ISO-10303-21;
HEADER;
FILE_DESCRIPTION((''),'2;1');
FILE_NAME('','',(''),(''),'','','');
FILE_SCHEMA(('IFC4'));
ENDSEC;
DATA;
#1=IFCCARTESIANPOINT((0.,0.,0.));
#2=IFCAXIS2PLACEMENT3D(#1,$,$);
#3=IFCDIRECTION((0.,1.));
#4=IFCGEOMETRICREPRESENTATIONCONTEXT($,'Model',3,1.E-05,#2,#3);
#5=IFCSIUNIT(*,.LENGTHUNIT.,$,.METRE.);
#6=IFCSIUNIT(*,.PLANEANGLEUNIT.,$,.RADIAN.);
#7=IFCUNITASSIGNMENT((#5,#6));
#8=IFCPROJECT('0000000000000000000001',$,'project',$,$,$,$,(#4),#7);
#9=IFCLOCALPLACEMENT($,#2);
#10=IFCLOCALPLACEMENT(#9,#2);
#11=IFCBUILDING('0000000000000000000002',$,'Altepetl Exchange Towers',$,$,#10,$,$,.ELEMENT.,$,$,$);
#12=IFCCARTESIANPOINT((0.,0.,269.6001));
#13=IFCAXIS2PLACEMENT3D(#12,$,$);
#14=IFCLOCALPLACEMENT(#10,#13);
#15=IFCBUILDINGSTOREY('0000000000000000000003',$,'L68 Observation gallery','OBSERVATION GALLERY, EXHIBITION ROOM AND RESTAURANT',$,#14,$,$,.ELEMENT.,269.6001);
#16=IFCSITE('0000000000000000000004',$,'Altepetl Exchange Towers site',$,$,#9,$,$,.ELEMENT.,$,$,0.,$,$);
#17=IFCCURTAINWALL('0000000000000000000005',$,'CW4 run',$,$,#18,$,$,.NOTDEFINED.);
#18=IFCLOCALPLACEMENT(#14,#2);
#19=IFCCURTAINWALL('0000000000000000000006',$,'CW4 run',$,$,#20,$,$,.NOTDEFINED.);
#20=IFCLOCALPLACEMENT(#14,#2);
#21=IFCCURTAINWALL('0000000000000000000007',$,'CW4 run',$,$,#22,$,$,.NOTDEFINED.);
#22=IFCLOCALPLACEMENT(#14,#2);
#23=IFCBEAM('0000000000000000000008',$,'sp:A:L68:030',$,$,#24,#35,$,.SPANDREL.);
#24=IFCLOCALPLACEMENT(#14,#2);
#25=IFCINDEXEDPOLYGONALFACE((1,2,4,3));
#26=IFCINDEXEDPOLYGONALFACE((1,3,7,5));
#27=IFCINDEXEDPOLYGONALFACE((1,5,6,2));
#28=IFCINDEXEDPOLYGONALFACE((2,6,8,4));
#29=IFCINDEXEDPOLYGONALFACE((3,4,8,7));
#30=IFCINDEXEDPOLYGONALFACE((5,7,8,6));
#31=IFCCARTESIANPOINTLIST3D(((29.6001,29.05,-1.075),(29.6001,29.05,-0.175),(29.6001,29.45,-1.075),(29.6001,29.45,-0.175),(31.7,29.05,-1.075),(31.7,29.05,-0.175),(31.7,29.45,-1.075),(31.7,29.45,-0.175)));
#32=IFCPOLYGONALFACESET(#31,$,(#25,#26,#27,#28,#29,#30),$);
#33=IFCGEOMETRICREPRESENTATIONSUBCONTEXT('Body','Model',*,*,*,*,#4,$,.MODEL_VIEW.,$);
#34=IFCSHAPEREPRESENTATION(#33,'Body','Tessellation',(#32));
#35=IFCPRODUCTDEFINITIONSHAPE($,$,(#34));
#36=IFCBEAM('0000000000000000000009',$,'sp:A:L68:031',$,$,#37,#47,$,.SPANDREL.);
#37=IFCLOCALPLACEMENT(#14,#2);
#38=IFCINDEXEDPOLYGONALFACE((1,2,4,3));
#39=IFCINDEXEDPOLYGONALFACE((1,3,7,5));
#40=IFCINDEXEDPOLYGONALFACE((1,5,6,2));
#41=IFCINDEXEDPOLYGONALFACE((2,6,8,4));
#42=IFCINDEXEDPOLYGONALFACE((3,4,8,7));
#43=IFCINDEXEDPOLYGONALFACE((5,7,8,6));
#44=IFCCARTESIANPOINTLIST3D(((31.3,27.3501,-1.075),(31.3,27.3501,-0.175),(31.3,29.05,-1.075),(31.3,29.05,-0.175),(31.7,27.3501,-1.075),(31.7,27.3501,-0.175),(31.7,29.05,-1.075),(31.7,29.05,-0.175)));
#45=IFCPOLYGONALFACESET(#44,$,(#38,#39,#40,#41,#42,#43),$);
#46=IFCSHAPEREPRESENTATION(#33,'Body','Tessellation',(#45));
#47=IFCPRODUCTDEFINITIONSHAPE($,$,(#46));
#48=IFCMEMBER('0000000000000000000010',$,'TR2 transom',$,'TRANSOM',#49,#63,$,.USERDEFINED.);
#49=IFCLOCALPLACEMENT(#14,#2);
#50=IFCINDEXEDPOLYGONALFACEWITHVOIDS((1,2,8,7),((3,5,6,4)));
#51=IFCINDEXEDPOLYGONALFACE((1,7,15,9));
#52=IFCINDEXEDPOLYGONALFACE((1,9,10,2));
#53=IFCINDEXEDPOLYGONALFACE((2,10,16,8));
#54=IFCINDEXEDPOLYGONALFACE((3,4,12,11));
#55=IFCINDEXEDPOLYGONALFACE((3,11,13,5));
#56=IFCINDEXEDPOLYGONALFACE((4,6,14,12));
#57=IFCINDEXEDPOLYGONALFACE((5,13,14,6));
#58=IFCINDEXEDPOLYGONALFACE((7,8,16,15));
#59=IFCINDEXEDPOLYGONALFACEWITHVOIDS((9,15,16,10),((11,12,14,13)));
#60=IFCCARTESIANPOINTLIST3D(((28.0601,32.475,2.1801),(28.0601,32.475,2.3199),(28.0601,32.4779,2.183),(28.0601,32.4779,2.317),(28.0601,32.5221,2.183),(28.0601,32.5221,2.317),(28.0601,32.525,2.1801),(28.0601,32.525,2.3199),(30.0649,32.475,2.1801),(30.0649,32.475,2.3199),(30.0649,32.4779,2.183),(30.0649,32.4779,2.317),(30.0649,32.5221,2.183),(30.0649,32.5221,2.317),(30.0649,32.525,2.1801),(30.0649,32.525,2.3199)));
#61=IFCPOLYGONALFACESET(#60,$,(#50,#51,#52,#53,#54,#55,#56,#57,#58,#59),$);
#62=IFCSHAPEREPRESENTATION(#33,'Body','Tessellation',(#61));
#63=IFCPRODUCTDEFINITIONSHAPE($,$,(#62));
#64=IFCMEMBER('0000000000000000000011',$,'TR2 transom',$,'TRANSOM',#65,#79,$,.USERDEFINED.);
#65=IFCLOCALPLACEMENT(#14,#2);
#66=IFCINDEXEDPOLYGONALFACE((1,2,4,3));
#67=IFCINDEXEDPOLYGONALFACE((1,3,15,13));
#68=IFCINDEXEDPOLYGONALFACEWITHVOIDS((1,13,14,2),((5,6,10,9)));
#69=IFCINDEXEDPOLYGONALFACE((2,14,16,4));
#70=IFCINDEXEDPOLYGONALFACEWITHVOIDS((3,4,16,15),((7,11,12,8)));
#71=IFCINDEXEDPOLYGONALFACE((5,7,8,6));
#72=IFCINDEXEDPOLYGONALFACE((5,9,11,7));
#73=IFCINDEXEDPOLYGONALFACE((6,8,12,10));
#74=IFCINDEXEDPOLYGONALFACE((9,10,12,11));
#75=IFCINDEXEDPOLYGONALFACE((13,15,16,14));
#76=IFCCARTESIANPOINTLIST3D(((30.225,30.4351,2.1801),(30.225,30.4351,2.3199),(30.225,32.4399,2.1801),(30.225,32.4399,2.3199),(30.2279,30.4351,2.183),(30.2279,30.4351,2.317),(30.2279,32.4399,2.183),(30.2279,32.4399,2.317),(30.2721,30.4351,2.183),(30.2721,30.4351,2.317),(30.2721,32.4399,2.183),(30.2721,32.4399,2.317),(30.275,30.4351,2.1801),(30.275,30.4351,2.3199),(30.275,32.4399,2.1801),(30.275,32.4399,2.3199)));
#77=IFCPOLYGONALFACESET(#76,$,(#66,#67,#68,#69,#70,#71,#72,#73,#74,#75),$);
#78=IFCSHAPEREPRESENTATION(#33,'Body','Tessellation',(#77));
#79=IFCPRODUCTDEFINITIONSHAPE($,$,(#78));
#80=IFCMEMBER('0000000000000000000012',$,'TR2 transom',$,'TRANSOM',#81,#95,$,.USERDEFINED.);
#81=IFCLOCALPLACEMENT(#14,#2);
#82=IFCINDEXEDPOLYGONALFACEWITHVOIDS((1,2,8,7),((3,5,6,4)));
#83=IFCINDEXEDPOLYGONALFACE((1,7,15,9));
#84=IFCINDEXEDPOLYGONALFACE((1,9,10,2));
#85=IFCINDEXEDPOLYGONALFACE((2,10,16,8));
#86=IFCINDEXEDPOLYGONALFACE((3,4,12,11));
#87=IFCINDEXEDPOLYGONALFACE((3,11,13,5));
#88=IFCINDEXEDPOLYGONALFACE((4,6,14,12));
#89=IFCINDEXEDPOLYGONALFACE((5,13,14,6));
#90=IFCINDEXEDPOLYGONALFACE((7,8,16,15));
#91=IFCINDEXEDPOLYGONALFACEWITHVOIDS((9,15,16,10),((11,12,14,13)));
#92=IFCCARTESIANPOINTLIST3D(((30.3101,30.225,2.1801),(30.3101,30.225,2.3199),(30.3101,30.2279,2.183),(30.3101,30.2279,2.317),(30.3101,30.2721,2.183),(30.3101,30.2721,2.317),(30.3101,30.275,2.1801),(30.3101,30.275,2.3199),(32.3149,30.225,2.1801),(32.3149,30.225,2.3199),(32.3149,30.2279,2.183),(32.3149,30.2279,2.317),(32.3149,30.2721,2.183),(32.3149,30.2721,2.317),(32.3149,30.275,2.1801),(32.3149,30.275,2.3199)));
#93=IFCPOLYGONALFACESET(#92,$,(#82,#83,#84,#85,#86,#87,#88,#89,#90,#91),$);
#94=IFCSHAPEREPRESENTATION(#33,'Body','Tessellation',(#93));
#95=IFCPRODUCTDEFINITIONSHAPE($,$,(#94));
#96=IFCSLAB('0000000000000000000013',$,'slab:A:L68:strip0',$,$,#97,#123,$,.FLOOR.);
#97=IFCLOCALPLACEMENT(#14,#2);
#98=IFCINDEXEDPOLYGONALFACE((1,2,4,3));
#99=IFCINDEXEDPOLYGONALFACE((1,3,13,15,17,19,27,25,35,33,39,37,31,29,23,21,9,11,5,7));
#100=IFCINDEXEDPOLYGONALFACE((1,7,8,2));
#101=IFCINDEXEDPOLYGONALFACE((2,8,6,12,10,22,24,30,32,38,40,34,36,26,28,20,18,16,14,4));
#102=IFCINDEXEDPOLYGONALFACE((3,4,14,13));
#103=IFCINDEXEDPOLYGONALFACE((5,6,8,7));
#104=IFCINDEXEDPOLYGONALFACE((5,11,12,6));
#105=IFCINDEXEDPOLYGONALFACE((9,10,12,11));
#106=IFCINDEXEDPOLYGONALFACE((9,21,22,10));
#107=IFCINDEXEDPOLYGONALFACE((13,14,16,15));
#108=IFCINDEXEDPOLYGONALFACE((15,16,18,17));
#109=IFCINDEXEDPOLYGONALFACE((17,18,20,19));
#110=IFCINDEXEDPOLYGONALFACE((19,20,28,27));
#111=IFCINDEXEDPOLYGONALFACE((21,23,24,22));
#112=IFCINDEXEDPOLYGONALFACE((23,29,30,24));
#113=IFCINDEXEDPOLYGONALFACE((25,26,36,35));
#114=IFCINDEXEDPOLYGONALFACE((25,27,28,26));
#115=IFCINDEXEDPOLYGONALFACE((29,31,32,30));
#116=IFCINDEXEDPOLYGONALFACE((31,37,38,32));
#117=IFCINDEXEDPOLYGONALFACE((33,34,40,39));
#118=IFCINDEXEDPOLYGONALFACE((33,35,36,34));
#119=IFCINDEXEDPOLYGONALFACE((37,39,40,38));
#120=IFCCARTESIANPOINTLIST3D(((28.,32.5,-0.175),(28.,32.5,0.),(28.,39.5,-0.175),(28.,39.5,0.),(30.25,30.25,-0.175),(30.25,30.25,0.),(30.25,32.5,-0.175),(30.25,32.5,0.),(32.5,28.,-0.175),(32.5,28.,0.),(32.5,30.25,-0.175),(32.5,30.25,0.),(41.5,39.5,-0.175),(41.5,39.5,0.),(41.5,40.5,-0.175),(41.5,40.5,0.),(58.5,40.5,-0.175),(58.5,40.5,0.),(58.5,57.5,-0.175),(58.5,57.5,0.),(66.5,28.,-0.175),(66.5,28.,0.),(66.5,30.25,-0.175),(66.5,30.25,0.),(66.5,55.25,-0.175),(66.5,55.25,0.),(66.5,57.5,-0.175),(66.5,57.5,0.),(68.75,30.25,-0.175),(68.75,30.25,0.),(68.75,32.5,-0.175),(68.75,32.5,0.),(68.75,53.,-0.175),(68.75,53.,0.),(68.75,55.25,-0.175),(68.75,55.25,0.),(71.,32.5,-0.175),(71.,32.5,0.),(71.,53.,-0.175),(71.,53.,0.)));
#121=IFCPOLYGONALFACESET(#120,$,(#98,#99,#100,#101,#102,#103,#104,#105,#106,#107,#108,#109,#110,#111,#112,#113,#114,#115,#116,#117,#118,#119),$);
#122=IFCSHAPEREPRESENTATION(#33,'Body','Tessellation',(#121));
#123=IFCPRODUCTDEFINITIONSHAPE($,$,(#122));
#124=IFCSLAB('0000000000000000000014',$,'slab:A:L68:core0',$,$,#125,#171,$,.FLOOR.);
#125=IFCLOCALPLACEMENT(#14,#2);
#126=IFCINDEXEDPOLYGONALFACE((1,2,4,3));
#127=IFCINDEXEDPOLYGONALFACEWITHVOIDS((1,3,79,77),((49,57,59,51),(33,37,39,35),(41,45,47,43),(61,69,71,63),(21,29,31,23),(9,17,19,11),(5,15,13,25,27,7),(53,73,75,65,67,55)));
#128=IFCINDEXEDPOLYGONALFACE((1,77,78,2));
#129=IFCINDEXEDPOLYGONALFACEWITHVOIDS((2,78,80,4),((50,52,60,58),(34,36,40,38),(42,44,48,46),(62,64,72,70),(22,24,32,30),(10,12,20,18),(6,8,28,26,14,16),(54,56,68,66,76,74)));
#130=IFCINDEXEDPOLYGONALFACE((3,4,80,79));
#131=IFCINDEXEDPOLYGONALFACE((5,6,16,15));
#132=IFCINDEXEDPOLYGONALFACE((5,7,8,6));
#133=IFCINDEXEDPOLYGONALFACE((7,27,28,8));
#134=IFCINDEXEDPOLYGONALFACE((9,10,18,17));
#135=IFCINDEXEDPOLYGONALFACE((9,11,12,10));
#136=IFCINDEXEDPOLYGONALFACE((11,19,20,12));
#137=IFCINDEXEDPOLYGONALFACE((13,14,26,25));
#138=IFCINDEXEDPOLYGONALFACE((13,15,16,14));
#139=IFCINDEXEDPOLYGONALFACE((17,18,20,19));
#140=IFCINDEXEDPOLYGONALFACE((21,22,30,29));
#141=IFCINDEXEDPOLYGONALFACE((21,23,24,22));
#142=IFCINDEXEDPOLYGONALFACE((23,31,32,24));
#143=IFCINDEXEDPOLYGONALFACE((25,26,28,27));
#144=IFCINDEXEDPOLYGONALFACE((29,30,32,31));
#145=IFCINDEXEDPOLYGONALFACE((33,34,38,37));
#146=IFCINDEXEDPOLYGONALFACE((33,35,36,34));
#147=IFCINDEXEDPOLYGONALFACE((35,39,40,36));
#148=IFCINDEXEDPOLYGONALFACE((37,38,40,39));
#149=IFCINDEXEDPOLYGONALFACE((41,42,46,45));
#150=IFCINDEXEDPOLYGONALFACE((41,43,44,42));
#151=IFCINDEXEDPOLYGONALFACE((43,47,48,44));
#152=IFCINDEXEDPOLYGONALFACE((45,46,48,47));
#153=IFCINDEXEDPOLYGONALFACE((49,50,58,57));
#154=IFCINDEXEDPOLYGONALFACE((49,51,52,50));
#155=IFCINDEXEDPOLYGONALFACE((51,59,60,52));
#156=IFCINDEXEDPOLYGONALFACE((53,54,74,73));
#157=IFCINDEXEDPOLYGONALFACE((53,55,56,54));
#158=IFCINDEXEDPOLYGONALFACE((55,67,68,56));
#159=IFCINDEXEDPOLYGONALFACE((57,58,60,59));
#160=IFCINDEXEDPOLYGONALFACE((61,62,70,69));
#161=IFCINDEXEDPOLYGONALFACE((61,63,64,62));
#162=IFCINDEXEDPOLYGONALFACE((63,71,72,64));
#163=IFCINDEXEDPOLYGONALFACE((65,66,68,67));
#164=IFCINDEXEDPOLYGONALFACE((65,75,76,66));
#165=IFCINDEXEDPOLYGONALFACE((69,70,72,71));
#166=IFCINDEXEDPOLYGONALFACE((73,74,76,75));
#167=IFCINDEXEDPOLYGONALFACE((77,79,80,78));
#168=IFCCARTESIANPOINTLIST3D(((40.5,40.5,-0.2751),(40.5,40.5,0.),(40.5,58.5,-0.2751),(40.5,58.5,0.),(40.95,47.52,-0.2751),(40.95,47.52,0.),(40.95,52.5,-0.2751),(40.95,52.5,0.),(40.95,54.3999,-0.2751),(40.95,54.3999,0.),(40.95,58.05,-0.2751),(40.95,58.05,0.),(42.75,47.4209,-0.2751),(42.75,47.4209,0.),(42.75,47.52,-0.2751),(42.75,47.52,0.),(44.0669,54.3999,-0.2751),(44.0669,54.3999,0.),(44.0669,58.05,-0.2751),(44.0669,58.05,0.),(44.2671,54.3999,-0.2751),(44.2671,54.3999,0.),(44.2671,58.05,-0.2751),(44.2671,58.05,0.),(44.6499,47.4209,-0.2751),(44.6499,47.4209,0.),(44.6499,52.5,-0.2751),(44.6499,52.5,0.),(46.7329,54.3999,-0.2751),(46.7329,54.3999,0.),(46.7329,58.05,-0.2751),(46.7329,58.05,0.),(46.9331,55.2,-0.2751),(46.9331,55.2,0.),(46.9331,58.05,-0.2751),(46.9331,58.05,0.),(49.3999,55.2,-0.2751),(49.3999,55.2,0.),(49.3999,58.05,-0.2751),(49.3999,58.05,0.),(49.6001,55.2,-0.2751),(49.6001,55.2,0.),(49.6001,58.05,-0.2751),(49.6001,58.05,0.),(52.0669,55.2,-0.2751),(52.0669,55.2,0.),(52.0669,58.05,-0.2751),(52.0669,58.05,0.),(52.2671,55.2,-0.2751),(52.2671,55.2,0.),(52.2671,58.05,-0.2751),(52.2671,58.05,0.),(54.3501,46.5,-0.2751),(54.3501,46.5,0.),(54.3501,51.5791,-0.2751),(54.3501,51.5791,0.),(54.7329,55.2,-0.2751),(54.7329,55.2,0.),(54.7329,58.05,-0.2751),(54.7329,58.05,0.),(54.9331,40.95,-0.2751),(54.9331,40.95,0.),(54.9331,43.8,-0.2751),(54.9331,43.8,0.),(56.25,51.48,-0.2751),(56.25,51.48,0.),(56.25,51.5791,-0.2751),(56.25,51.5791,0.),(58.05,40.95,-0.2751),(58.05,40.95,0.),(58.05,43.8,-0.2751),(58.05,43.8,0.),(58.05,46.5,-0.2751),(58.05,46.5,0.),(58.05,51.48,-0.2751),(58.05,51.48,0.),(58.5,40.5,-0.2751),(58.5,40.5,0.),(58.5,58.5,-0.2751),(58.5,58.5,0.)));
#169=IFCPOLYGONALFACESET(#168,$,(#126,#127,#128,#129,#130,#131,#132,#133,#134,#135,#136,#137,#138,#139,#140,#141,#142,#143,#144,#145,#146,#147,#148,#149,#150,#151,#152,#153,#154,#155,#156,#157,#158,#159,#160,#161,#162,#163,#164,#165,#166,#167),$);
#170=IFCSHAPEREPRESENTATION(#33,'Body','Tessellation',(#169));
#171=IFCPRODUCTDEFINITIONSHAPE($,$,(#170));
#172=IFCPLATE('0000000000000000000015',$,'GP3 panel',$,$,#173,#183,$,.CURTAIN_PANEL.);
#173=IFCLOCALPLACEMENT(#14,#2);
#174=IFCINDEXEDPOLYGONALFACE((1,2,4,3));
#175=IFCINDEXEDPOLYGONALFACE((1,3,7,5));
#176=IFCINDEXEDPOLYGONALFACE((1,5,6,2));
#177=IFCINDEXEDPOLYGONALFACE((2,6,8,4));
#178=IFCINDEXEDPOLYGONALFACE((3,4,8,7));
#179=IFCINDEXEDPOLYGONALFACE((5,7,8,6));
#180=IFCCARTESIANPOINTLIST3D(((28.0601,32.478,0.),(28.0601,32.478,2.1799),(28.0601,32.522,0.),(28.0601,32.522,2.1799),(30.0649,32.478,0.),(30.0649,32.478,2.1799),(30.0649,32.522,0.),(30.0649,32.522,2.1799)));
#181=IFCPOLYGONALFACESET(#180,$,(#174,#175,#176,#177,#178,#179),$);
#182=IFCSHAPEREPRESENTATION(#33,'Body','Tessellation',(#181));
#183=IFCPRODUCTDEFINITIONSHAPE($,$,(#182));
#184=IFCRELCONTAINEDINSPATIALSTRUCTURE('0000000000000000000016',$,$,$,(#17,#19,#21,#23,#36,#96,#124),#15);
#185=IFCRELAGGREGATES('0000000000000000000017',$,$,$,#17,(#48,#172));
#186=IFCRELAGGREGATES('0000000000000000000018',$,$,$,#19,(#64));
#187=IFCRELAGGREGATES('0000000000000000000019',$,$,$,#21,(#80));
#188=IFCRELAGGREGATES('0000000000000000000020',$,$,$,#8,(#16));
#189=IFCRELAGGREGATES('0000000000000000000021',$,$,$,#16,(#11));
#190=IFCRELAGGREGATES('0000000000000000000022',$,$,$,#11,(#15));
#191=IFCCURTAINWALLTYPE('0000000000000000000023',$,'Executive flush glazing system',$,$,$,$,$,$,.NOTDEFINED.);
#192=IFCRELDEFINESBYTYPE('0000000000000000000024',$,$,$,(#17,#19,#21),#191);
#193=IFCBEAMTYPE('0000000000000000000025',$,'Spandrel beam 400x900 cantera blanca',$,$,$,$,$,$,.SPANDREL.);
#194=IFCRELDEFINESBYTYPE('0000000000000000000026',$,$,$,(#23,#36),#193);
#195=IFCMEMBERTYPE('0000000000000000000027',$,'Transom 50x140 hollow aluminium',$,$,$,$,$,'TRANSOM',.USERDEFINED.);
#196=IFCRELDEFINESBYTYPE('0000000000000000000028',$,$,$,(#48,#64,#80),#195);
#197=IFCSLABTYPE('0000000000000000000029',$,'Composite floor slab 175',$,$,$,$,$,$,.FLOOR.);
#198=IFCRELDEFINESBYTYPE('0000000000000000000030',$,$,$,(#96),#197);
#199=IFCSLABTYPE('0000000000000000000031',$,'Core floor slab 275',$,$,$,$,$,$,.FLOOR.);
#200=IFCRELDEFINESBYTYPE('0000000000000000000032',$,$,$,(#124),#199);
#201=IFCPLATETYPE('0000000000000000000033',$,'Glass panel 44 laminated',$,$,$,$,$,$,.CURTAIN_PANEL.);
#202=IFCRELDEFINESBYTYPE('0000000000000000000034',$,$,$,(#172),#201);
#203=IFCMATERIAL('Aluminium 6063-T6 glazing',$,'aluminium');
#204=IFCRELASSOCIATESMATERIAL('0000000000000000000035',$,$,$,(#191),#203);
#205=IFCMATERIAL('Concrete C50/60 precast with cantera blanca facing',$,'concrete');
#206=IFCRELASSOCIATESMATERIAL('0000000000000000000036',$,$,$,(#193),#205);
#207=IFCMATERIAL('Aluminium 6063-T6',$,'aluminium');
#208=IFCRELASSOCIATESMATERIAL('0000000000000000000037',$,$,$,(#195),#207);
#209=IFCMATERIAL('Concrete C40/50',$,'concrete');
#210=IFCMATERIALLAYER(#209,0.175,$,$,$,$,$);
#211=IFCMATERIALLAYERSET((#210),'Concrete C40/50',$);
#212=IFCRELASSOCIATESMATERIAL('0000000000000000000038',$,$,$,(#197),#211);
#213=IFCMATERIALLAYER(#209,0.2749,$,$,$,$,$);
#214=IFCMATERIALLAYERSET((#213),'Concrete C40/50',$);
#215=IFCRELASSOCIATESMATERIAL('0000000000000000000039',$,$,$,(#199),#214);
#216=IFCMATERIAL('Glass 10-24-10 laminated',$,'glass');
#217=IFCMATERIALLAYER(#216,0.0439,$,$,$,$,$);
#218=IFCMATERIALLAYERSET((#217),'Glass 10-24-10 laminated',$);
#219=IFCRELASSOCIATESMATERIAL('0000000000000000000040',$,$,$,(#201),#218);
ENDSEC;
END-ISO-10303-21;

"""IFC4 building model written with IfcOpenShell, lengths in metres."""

from ifc_helpers import new_model, si_unit, direction, frame, origin, origin_2d, place, context, subcontext, project, spatial, polyline, rectangle, hollow_rectangle, outline, extrude, material, layer, layer_set, material_profile, profile_set, type_object, element, aggregate, save


model = new_model("IFC4")

# Units and contexts
model_context = context("Model", 3, precision=1e-05, world=origin(), true_north=direction((0.0, 1.0)))
body_context = subcontext(model_context, "Body", "Model", "MODEL_VIEW")
ifc_project = project(units=[si_unit("LENGTHUNIT", "METRE"), si_unit("PLANEANGLEUNIT", "RADIAN")], contexts=[model_context])

# Site, building, storey
site_placement = place(None, origin())
site = spatial("IfcSite", under=ifc_project, at=site_placement, Name="Altepetl Exchange Towers site", CompositionType="ELEMENT", RefElevation=0.0)
building_placement = place(site_placement, origin())
building = spatial("IfcBuilding", under=site, at=building_placement, Name="Altepetl Exchange Towers", CompositionType="ELEMENT")
storey_placement = place(building_placement, frame((0.0, 0.0, 269.6001)))
storey = spatial("IfcBuildingStorey", under=building, at=storey_placement, Name="L68 Observation gallery", Description="OBSERVATION GALLERY, EXHIBITION ROOM AND RESTAURANT", CompositionType="ELEMENT", Elevation=269.6001)

# Curtain wall
ifc_material_1 = material(Name="Aluminium 6063-T6 glazing", Category="aluminium")
curtain_wall_type = type_object("IfcCurtainWallType", Name="Executive flush glazing system", PredefinedType="NOTDEFINED", material=ifc_material_1)
curtain_wall_1_placement = place(storey_placement, origin())
curtain_wall_1 = element("IfcCurtainWall", 1, at=curtain_wall_1_placement, inside=storey, type_object=curtain_wall_type, Name="CW4 run", PredefinedType="NOTDEFINED")
ifc_material_2 = material(Name="Aluminium 6063-T6", Category="aluminium")

# Curtain walls
curtain_wall_2_placement = place(storey_placement, origin())
curtain_wall_2 = element("IfcCurtainWall", 2, at=curtain_wall_2_placement, inside=storey, type_object=curtain_wall_type, Name="CW4 run", PredefinedType="NOTDEFINED")
curtain_wall_3_placement = place(storey_placement, origin())
curtain_wall_3 = element("IfcCurtainWall", 3, at=curtain_wall_3_placement, inside=storey, type_object=curtain_wall_type, Name="CW4 run", PredefinedType="NOTDEFINED")

# Beams
ifc_material_3 = material(Name="Concrete C50/60 precast with cantera blanca facing", Category="concrete")
ifc_material_profile_1 = material_profile(ifc_material_3, rectangle(XDim=0.3999, YDim=0.8999, at=origin_2d()), Name="400 x 900")
ifc_profile_set_1 = profile_set([ifc_material_profile_1], Name="Concrete C50/60 precast with cantera blanca facing")
beam_type_1 = type_object("IfcBeamType", Name="Spandrel beam 400x900 cantera blanca", PredefinedType="SPANDREL", material=ifc_profile_set_1)
beam_1_placement = place(storey_placement, frame((29.6001, 29.25, -0.625), z_axis=(1.0, 0.0, 0.0), x_axis=(0.0, 1.0, 0.0)))
element("IfcBeam", 4, at=beam_1_placement, inside=storey, type_object=beam_type_1, Name="sp:A:L68:030", PredefinedType="SPANDREL", context=body_context, shape_type="SweptSolid", body=[
    extrude(rectangle(XDim=0.3999, YDim=0.8999, at=origin_2d()), origin(), (0.0, 0.0, 1.0), 2.0999),
])
beam_2_placement = place(storey_placement, frame((31.5, 29.05, -0.625), z_axis=(0.0, -1.0, 0.0), x_axis=(1.0, 0.0, 0.0)))
element("IfcBeam", 5, at=beam_2_placement, inside=storey, type_object=beam_type_1, Name="sp:A:L68:031", PredefinedType="SPANDREL", context=body_context, shape_type="SweptSolid", body=[
    extrude(rectangle(XDim=0.3999, YDim=0.8999, at=origin_2d()), origin(), (0.0, 0.0, 1.0), 1.7),
])

# Members
ifc_material_profile_2 = material_profile(ifc_material_2, hollow_rectangle(XDim=0.05, YDim=0.1399, WallThickness=0.0029, at=origin_2d()), Name="Transom 50x140 hollow aluminium")
ifc_profile_set_2 = profile_set([ifc_material_profile_2], Name="Aluminium 6063-T6")
member_type_1 = type_object("IfcMemberType", Name="Transom 50x140 hollow aluminium", ElementType="TRANSOM", PredefinedType="USERDEFINED", material=ifc_profile_set_2)
member_1_placement = place(storey_placement, frame((28.0601, 32.5, 2.25), z_axis=(1.0, 0.0, 0.0), x_axis=(0.0, 1.0, 0.0)))
member_1 = element("IfcMember", 6, at=member_1_placement, type_object=member_type_1, Name="TR2 transom", ObjectType="TRANSOM", PredefinedType="USERDEFINED", context=body_context, shape_type="SweptSolid", body=[
    extrude(hollow_rectangle(XDim=0.05, YDim=0.1399, WallThickness=0.0029, at=origin_2d()), origin(), (0.0, 0.0, 1.0), 2.0049),
])
member_2_placement = place(storey_placement, frame((30.25, 32.4399, 2.25), z_axis=(0.0, -1.0, 0.0), x_axis=(1.0, 0.0, 0.0)))
member_2 = element("IfcMember", 7, at=member_2_placement, type_object=member_type_1, Name="TR2 transom", ObjectType="TRANSOM", PredefinedType="USERDEFINED", context=body_context, shape_type="SweptSolid", body=[
    extrude(hollow_rectangle(XDim=0.05, YDim=0.1399, WallThickness=0.0029, at=origin_2d()), origin(), (0.0, 0.0, 1.0), 2.0049),
])
member_3_placement = place(storey_placement, frame((30.3101, 30.25, 2.25), z_axis=(1.0, 0.0, 0.0), x_axis=(0.0, 1.0, 0.0)))
member_3 = element("IfcMember", 8, at=member_3_placement, type_object=member_type_1, Name="TR2 transom", ObjectType="TRANSOM", PredefinedType="USERDEFINED", context=body_context, shape_type="SweptSolid", body=[
    extrude(hollow_rectangle(XDim=0.05, YDim=0.1399, WallThickness=0.0029, at=origin_2d()), origin(), (0.0, 0.0, 1.0), 2.0049),
])

# Slabs
ifc_material_4 = material(Name="Concrete C40/50", Category="concrete")
ifc_layer_1 = layer(ifc_material_4, 0.175)
ifc_layer_set_1 = layer_set([ifc_layer_1], Name="Concrete C40/50")
slab_type_1 = type_object("IfcSlabType", Name="Composite floor slab 175", PredefinedType="FLOOR", material=ifc_layer_set_1)
slab_1_placement = place(storey_placement, frame((0.0, 0.0, -0.175)))
element("IfcSlab", 9, at=slab_1_placement, inside=storey, type_object=slab_type_1, Name="slab:A:L68:strip0", PredefinedType="FLOOR", context=body_context, shape_type="SweptSolid", body=[
    extrude(outline(polyline([(41.5, 40.5), (41.5, 39.5), (28.0, 39.5), (28.0, 32.5), (30.25, 32.5), (30.25, 30.25), (32.5, 30.25), (32.5, 28.0), (66.5, 28.0), (66.5, 30.25), (68.75, 30.25), (68.75, 32.5), (71.0, 32.5), (71.0, 53.0), (68.75, 53.0), (68.75, 55.25), (66.5, 55.25), (66.5, 57.5), (58.5, 57.5), (58.5, 40.5), (41.5, 40.5)])), origin(), (0.0, 0.0, 1.0), 0.175),
])
ifc_layer_2 = layer(ifc_material_4, 0.2749)
ifc_layer_set_2 = layer_set([ifc_layer_2], Name="Concrete C40/50")
slab_type_2 = type_object("IfcSlabType", Name="Core floor slab 275", PredefinedType="FLOOR", material=ifc_layer_set_2)
slab_2_placement = place(storey_placement, frame((0.0, 0.0, -0.2751)))
element("IfcSlab", 10, at=slab_2_placement, inside=storey, type_object=slab_type_2, Name="slab:A:L68:core0", PredefinedType="FLOOR", context=body_context, shape_type="SweptSolid", body=[
    extrude(outline(polyline([(40.5, 40.5), (58.5, 40.5), (58.5, 58.5), (40.5, 58.5), (40.5, 40.5)]), holes=[polyline([(54.9331, 43.8), (58.05, 43.8), (58.05, 40.95), (54.9331, 40.95), (54.9331, 43.8)]), polyline([(54.3501, 51.5791), (56.25, 51.5791), (56.25, 51.48), (58.05, 51.48), (58.05, 46.5), (54.3501, 46.5), (54.3501, 51.5791)]), polyline([(44.6499, 47.4209), (42.75, 47.4209), (42.75, 47.52), (40.95, 47.52), (40.95, 52.5), (44.6499, 52.5), (44.6499, 47.4209)]), polyline([(40.95, 58.05), (44.0669, 58.05), (44.0669, 54.3999), (40.95, 54.3999), (40.95, 58.05)]), polyline([(44.2671, 58.05), (46.7329, 58.05), (46.7329, 54.3999), (44.2671, 54.3999), (44.2671, 58.05)]), polyline([(46.9331, 58.05), (49.3999, 58.05), (49.3999, 55.2), (46.9331, 55.2), (46.9331, 58.05)]), polyline([(49.6001, 58.05), (52.0669, 58.05), (52.0669, 55.2), (49.6001, 55.2), (49.6001, 58.05)]), polyline([(52.2671, 58.05), (54.7329, 58.05), (54.7329, 55.2), (52.2671, 55.2), (52.2671, 58.05)])]), origin(), (0.0, 0.0, 1.0), 0.2751),
])

# Plate
ifc_material_5 = material(Name="Glass 10-24-10 laminated", Category="glass")
ifc_layer_3 = layer(ifc_material_5, 0.0439)
ifc_layer_set_3 = layer_set([ifc_layer_3], Name="Glass 10-24-10 laminated")
plate_type = type_object("IfcPlateType", Name="Glass panel 44 laminated", PredefinedType="CURTAIN_PANEL", material=ifc_layer_set_3)
plate_1_placement = place(storey_placement, frame((29.0625, 32.5, 0.0)))
plate_1 = element("IfcPlate", 11, at=plate_1_placement, type_object=plate_type, Name="GP3 panel", PredefinedType="CURTAIN_PANEL", context=body_context, shape_type="SweptSolid", body=[
    extrude(rectangle(XDim=2.0049, YDim=0.0439, at=origin_2d()), origin(), (0.0, 0.0, 1.0), 2.1799),
])
aggregate(curtain_wall_1, [member_1, plate_1])
aggregate(curtain_wall_2, [member_2])
aggregate(curtain_wall_3, [member_3])

save(model, "model.ifc")
